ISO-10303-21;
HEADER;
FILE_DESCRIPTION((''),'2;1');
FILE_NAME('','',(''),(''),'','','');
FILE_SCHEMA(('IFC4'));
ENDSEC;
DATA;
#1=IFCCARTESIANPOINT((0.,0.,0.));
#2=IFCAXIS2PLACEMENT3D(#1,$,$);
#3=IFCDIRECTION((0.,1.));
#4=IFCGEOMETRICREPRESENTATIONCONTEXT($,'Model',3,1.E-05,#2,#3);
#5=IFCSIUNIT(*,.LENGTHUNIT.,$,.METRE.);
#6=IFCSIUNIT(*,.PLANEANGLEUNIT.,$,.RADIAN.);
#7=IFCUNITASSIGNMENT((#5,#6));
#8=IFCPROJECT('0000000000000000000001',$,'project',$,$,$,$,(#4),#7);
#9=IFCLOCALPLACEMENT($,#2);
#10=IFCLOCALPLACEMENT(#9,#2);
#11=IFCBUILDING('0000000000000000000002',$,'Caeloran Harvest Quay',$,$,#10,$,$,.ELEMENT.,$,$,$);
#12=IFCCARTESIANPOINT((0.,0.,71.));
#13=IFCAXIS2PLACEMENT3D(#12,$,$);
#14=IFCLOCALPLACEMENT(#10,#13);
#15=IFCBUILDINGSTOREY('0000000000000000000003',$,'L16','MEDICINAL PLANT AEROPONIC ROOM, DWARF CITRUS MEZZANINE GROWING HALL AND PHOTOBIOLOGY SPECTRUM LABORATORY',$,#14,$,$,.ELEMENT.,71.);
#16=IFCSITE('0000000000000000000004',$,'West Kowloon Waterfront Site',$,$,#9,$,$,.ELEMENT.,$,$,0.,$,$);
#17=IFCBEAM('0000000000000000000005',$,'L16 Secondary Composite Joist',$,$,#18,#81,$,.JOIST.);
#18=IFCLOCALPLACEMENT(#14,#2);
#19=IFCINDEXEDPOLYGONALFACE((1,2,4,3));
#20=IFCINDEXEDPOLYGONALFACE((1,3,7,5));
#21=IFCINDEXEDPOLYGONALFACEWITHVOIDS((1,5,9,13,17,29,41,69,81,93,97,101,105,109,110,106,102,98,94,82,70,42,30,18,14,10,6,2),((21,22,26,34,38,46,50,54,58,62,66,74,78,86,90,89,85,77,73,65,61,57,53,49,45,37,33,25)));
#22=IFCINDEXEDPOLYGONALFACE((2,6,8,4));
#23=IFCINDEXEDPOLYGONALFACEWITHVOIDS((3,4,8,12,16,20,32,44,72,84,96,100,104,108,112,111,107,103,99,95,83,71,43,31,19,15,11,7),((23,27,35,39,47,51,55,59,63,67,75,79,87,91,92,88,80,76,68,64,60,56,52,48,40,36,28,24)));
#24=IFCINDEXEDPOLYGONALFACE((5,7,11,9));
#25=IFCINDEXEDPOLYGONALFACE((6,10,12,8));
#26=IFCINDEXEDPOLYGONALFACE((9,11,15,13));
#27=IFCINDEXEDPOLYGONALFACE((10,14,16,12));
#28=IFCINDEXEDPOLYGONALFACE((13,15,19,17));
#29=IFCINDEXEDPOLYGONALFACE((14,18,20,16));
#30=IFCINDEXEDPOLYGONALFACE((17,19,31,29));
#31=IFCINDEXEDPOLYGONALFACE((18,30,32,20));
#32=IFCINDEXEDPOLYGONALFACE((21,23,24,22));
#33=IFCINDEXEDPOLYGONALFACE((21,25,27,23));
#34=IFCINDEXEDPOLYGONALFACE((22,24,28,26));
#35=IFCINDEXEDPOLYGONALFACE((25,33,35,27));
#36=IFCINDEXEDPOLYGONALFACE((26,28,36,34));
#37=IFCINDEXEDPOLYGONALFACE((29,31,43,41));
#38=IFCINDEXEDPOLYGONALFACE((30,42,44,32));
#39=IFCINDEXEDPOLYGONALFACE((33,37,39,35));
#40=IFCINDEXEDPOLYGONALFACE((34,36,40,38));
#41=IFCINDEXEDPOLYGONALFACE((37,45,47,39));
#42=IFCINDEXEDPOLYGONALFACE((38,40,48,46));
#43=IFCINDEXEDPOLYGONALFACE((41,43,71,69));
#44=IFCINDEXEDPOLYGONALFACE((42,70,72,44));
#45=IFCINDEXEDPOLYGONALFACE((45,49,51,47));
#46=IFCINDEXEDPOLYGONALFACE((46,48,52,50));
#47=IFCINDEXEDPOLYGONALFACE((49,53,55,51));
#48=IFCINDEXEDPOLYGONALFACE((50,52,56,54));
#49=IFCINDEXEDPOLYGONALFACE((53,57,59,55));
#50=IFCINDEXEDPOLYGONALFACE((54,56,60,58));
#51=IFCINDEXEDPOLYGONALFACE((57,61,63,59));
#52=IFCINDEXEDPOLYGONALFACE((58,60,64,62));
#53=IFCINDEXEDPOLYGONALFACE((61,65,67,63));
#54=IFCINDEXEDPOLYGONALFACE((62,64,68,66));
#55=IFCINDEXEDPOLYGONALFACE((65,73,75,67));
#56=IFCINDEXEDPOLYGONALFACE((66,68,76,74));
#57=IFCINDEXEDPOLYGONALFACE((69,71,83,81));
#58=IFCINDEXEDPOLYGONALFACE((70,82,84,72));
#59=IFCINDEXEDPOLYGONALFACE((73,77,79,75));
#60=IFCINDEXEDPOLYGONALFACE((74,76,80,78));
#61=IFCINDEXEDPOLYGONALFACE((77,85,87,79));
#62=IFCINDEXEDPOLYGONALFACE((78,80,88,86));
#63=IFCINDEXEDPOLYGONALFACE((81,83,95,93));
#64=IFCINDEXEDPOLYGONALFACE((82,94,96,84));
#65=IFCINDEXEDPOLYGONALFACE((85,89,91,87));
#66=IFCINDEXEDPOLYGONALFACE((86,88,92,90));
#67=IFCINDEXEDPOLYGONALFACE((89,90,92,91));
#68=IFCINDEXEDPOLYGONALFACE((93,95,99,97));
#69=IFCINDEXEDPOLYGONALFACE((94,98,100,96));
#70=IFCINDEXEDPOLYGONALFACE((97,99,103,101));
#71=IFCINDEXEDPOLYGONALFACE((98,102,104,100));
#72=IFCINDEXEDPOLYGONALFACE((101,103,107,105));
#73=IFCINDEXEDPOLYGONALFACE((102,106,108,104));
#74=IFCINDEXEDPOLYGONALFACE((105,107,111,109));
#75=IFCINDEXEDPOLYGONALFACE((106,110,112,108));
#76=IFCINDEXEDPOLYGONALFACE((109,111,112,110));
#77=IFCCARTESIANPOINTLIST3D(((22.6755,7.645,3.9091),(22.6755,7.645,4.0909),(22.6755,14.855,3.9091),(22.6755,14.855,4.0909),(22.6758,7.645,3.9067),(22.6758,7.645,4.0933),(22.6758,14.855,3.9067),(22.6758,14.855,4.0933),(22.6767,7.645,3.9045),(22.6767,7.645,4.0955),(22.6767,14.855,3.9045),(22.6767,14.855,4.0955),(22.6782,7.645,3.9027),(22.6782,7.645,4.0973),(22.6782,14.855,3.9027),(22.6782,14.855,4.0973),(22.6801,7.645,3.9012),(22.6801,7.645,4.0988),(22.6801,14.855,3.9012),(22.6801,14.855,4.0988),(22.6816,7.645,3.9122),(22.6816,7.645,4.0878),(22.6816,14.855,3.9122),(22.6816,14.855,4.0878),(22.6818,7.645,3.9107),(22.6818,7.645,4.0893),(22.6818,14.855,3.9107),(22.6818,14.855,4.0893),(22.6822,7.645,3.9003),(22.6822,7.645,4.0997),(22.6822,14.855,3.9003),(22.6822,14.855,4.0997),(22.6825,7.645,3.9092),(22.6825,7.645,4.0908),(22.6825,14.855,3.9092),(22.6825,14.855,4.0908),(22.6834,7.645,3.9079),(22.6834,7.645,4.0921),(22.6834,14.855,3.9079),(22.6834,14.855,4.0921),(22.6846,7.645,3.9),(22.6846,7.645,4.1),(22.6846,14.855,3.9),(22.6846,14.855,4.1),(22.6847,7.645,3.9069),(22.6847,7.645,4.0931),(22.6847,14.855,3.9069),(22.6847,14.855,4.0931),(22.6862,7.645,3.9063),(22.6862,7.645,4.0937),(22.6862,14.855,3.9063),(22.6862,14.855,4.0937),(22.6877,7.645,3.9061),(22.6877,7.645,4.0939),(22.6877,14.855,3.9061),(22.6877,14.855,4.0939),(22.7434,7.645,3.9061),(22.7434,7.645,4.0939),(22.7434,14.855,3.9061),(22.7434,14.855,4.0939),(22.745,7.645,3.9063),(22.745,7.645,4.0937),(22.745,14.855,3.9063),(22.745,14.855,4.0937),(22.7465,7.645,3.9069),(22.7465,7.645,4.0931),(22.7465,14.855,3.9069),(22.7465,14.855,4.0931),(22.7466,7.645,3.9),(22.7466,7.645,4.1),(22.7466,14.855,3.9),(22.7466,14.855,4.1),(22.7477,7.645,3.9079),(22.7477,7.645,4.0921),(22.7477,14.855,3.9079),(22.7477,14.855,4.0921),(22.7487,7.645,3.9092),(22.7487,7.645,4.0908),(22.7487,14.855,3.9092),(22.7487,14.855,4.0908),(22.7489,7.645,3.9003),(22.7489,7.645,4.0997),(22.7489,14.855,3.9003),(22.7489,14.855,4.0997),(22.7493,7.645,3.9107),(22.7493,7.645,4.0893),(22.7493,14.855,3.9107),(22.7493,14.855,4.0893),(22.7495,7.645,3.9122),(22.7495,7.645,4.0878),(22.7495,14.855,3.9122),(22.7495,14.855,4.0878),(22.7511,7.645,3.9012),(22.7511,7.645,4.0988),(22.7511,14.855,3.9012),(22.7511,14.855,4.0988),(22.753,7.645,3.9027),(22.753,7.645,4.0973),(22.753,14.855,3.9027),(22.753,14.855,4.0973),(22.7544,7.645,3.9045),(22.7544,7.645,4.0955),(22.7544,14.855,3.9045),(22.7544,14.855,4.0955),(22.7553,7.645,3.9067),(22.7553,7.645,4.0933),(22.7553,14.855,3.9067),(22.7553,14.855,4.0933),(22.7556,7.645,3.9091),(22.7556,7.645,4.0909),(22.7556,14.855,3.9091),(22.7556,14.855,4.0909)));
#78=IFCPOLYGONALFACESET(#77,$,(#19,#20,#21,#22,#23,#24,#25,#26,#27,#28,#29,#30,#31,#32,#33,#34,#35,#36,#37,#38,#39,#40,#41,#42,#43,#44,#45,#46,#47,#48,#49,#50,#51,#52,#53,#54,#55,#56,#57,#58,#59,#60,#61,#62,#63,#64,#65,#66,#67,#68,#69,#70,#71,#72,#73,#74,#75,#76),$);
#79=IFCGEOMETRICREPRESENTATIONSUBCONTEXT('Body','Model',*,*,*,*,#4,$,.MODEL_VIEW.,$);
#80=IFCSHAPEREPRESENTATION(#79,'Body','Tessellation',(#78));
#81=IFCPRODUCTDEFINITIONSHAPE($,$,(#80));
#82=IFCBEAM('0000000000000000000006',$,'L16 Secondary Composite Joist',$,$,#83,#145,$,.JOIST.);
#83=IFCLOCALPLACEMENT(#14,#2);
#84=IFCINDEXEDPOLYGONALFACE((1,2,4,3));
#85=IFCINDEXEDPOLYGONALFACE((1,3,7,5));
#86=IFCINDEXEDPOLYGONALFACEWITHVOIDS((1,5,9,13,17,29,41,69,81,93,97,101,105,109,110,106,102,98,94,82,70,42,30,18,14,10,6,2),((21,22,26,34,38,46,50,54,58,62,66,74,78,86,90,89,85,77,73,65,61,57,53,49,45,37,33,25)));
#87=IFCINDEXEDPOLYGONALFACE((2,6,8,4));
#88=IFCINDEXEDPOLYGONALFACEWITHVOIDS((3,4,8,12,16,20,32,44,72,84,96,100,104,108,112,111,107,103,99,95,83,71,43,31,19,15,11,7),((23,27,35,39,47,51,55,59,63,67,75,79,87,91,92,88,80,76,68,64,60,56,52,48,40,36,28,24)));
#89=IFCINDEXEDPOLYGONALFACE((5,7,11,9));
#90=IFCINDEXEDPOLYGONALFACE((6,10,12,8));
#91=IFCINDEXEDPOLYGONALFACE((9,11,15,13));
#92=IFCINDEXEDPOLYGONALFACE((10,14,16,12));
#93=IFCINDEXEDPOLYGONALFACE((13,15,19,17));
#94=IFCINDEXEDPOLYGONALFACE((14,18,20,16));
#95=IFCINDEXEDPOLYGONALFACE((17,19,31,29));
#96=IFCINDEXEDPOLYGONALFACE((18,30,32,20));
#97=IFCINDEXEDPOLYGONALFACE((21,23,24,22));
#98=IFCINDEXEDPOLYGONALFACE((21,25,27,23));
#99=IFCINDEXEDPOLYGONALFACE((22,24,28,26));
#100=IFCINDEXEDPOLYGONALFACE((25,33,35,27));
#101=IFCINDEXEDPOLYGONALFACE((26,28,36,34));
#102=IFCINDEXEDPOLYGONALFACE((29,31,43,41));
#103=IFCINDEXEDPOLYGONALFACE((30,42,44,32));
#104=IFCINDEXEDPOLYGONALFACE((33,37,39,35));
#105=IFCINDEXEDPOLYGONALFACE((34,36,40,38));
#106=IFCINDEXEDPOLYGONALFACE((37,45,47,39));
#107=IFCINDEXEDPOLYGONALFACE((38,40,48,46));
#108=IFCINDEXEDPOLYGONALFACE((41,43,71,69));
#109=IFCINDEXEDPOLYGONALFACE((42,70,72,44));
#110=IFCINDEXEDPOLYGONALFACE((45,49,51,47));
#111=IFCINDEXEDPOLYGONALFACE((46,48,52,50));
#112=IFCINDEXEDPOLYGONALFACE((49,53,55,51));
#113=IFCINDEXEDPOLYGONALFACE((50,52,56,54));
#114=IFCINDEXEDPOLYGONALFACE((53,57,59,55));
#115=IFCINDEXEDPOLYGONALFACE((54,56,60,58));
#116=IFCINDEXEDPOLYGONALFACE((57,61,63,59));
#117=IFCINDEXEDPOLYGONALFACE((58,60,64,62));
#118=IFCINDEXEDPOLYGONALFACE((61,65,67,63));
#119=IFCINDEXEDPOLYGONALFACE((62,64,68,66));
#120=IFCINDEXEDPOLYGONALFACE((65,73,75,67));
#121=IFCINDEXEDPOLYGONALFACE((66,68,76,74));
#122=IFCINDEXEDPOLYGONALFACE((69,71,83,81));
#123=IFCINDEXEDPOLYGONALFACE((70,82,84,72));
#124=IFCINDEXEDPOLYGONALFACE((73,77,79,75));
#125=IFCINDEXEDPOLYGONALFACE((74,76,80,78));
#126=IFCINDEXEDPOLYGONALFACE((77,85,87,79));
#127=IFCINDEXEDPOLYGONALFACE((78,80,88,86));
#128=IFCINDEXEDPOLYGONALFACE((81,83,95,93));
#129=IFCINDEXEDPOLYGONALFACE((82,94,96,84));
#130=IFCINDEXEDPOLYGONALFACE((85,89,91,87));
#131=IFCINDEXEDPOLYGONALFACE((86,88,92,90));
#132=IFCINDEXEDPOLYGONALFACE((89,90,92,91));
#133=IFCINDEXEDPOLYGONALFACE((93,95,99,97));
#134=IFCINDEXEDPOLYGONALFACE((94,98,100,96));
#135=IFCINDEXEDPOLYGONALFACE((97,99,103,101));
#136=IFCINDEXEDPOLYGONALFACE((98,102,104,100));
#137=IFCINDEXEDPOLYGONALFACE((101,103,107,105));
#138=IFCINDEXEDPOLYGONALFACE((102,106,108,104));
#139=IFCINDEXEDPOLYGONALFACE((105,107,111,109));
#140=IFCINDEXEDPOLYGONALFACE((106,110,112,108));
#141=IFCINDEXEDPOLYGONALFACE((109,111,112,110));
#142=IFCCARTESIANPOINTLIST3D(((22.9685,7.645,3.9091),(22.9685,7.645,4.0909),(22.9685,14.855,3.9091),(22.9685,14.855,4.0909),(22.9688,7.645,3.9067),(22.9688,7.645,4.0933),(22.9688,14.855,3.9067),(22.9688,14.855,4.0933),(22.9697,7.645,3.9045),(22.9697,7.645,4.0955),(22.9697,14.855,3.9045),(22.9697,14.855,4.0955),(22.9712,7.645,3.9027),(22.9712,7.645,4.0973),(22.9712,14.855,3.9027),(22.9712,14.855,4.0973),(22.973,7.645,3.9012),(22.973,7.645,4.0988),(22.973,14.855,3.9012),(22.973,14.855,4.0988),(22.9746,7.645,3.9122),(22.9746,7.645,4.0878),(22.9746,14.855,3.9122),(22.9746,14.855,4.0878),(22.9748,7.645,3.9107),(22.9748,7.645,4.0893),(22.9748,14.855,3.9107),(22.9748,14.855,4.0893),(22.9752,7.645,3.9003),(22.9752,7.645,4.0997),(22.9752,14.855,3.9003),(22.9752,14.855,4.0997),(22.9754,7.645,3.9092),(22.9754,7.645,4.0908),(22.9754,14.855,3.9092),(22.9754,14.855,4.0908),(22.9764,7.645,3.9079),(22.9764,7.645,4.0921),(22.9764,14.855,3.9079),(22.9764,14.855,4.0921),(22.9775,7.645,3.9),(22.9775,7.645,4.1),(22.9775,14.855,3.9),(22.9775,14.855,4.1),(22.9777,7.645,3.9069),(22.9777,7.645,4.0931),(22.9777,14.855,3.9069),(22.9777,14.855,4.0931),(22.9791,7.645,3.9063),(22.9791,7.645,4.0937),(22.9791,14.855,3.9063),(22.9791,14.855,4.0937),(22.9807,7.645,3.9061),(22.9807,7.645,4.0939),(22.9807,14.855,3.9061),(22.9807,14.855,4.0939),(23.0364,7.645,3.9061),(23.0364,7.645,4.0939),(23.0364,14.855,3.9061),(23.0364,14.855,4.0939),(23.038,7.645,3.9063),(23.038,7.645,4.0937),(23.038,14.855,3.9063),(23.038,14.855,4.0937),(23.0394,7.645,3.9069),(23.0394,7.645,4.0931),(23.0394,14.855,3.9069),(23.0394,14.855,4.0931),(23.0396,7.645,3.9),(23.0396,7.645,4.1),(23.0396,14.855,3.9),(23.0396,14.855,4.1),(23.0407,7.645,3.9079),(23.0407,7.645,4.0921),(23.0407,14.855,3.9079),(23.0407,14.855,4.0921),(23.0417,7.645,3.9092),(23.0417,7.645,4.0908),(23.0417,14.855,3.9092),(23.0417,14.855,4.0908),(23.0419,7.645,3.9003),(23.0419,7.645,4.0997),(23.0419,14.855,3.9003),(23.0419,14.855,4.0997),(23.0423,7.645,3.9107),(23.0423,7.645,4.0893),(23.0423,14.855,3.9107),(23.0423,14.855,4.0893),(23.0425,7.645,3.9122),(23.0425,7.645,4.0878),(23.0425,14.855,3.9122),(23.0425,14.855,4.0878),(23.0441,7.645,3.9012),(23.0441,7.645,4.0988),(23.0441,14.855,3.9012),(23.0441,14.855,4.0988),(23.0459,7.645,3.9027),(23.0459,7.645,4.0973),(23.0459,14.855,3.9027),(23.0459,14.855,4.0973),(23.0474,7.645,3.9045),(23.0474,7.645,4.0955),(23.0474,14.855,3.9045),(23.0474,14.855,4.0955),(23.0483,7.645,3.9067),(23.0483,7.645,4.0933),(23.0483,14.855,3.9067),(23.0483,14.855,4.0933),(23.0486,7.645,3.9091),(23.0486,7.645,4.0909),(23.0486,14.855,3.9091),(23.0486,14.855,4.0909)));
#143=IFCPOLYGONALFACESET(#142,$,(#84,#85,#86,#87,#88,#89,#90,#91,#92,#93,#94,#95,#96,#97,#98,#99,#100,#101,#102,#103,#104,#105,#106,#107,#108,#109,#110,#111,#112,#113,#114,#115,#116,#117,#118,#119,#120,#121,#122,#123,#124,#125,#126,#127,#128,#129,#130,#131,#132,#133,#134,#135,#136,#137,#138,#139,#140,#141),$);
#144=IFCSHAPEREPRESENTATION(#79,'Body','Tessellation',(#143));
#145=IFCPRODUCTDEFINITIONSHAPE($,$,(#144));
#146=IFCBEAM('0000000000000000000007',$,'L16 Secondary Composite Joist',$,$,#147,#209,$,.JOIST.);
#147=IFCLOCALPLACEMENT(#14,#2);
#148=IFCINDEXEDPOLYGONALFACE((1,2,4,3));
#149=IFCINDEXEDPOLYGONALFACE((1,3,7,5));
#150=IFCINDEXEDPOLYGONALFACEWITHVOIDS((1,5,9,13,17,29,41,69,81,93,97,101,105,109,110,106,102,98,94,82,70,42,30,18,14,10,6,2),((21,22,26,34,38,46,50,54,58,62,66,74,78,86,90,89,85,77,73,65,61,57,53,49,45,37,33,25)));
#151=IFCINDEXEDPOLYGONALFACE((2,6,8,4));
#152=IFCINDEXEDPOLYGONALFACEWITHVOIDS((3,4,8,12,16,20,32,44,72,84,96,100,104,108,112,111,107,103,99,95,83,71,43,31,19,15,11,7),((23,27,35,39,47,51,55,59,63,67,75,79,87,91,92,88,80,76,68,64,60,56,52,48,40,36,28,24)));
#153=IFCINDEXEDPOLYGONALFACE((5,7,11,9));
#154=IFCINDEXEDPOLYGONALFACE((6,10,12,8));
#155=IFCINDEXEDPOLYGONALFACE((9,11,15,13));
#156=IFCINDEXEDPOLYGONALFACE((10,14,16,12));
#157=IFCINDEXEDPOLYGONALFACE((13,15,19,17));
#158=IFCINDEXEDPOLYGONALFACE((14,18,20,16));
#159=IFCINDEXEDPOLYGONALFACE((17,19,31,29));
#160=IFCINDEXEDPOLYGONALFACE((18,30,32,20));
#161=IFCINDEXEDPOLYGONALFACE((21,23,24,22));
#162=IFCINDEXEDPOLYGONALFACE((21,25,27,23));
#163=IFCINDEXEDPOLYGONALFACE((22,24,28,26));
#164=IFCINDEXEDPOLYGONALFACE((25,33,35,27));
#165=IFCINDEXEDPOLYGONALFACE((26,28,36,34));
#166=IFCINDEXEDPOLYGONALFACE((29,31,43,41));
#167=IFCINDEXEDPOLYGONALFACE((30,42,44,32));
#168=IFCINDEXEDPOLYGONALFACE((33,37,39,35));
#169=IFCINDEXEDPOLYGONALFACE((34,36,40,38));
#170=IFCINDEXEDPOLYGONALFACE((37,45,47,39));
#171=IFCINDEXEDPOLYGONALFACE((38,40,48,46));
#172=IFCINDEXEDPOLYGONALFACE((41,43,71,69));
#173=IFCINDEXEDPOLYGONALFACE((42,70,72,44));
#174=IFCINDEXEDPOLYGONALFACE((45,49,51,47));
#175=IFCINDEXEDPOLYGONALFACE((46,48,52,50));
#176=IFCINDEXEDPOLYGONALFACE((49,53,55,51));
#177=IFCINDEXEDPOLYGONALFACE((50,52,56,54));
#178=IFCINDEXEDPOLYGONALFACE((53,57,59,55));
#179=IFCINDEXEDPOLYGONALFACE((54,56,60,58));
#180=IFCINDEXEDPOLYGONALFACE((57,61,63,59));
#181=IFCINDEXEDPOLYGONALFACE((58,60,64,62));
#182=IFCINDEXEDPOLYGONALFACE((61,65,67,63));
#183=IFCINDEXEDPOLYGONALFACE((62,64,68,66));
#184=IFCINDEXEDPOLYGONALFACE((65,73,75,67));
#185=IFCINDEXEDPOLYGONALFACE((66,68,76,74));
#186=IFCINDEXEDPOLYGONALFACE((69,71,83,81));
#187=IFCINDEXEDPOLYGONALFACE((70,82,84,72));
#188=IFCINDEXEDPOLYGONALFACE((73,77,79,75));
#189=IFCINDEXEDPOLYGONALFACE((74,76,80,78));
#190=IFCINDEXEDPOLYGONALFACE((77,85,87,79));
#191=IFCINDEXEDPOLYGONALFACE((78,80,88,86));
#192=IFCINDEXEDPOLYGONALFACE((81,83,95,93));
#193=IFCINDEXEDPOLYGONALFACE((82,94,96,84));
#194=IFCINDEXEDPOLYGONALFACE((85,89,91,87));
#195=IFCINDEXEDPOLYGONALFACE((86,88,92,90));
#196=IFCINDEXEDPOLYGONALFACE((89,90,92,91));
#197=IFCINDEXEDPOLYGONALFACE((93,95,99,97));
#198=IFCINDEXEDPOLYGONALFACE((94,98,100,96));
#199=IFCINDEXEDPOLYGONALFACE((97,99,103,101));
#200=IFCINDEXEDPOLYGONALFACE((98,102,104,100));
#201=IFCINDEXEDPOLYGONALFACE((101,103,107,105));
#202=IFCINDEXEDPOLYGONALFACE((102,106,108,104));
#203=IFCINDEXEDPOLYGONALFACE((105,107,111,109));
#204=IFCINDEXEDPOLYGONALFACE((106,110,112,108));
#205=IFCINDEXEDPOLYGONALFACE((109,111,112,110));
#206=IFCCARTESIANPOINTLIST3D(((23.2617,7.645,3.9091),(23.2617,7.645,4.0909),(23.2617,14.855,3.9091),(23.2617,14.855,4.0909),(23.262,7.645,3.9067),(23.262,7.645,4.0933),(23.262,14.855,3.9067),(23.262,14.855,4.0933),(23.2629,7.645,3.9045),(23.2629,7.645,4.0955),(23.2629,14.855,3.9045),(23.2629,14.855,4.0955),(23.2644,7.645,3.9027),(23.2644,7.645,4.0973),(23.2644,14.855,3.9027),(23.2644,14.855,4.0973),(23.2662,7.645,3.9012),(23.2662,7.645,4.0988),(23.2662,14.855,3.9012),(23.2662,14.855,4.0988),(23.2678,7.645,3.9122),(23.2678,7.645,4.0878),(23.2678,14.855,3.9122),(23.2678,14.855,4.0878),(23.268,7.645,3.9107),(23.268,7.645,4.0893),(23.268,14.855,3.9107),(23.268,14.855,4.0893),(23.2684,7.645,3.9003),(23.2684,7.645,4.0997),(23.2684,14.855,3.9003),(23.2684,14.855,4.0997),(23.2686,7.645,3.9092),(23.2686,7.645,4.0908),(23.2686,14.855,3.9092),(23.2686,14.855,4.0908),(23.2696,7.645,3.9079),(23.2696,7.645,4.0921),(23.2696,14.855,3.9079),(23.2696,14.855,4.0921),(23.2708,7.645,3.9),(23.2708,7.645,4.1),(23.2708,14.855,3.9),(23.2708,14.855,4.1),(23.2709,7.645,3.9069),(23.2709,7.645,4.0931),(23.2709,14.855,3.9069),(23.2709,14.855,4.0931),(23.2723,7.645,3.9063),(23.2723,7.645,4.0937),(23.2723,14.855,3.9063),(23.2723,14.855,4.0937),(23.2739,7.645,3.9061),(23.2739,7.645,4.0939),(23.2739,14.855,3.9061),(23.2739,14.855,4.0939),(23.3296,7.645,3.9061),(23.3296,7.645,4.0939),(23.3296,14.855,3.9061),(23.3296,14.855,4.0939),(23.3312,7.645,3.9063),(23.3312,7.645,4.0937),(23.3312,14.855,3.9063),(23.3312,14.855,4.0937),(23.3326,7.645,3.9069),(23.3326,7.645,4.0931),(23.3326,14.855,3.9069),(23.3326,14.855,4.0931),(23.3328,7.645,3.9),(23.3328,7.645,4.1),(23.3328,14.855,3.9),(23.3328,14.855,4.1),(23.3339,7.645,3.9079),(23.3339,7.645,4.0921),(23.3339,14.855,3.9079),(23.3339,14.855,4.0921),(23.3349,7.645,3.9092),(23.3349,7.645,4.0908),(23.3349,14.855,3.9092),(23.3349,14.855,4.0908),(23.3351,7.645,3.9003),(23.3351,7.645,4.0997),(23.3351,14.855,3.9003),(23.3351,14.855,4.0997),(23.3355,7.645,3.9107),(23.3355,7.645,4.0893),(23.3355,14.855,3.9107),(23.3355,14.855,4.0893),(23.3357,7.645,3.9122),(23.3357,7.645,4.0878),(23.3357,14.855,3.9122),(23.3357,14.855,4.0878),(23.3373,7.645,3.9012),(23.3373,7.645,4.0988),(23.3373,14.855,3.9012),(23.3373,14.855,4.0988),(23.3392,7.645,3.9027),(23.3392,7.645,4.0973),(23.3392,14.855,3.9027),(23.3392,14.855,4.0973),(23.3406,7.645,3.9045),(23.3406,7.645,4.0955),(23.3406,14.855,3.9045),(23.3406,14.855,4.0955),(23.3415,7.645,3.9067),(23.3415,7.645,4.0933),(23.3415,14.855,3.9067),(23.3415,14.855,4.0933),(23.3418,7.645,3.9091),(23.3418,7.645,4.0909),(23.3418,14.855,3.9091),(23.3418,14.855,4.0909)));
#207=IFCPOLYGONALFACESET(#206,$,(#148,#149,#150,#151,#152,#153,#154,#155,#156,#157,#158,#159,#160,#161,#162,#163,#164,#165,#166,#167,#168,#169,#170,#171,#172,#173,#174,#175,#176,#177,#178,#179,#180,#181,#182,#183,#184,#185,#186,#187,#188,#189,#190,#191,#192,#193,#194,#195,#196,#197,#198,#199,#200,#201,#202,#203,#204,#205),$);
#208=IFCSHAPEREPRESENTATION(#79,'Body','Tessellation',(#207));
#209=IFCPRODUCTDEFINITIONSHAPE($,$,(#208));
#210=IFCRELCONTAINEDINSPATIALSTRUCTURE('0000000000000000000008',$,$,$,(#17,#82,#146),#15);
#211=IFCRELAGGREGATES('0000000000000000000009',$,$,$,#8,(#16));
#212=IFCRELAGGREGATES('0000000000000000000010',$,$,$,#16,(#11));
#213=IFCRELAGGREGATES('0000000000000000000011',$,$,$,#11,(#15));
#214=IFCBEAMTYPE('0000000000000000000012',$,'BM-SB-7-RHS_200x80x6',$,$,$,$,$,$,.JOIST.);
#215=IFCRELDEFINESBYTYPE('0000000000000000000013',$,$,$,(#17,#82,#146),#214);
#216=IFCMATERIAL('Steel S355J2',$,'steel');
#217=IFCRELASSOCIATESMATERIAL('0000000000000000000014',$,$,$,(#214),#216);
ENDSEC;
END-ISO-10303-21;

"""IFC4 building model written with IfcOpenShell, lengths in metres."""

from ifc_helpers import new_model, si_unit, direction, frame, origin, origin_2d, place, context, subcontext, project, spatial, hollow_rectangle, extrude, material, material_profile, profile_set, type_object, element, save


model = new_model("IFC4")

# Units and contexts
model_context = context("Model", 3, precision=1e-05, world=origin(), true_north=direction((0.0, 1.0)))
body_context = subcontext(model_context, "Body", "Model", "MODEL_VIEW")
ifc_project = project(units=[si_unit("LENGTHUNIT", "METRE"), si_unit("PLANEANGLEUNIT", "RADIAN")], contexts=[model_context])

# Site, building, storey
site_placement = place(None, origin())
site = spatial("IfcSite", under=ifc_project, at=site_placement, Name="West Kowloon Waterfront Site", CompositionType="ELEMENT", RefElevation=0.0)
building_placement = place(site_placement, origin())
building = spatial("IfcBuilding", under=site, at=building_placement, Name="Caeloran Harvest Quay", CompositionType="ELEMENT")
storey_placement = place(building_placement, frame((0.0, 0.0, 71.0)))
storey = spatial("IfcBuildingStorey", under=building, at=storey_placement, Name="L16", Description="MEDICINAL PLANT AEROPONIC ROOM, DWARF CITRUS MEZZANINE GROWING HALL AND PHOTOBIOLOGY SPECTRUM LABORATORY", CompositionType="ELEMENT", Elevation=71.0)

# Beams
ifc_material_1 = material(Name="Steel S355J2", Category="steel")
ifc_material_profile_1 = material_profile(ifc_material_1, hollow_rectangle(XDim=0.0801, YDim=0.2, WallThickness=0.0061, InnerFilletRadius=0.0061, OuterFilletRadius=0.009, at=origin_2d()), Name="RHS 200x80x6")
ifc_profile_set_1 = profile_set([ifc_material_profile_1], Name="Steel S355J2")
beam_type_1 = type_object("IfcBeamType", Name="BM-SB-7-RHS_200x80x6", PredefinedType="JOIST", material=ifc_profile_set_1)
for number, where, z_axis, x_axis, name in (
    (1, (22.7156, 7.645, 4.0), (0.0, 1.0, 0.0), (-1.0, 0.0, 0.0), "L16 Secondary Composite Joist"),
    (2, (23.0085, 7.645, 4.0), (0.0, 1.0, 0.0), (-1.0, 0.0, 0.0), "L16 Secondary Composite Joist"),
    (3, (23.3018, 7.645, 4.0), (0.0, 1.0, 0.0), (-1.0, 0.0, 0.0), "L16 Secondary Composite Joist"),
):
    element("IfcBeam", number, at=place(storey_placement, frame(where, z_axis=z_axis, x_axis=x_axis)), inside=storey, type_object=beam_type_1, Name=name, PredefinedType="JOIST", context=body_context, shape_type="SweptSolid", body=[
        extrude(hollow_rectangle(XDim=0.0801, YDim=0.2, WallThickness=0.0061, InnerFilletRadius=0.0061, OuterFilletRadius=0.009, at=origin_2d()), origin(), (0.0, 0.0, 1.0), 7.21),
    ])

save(model, "model.ifc")
